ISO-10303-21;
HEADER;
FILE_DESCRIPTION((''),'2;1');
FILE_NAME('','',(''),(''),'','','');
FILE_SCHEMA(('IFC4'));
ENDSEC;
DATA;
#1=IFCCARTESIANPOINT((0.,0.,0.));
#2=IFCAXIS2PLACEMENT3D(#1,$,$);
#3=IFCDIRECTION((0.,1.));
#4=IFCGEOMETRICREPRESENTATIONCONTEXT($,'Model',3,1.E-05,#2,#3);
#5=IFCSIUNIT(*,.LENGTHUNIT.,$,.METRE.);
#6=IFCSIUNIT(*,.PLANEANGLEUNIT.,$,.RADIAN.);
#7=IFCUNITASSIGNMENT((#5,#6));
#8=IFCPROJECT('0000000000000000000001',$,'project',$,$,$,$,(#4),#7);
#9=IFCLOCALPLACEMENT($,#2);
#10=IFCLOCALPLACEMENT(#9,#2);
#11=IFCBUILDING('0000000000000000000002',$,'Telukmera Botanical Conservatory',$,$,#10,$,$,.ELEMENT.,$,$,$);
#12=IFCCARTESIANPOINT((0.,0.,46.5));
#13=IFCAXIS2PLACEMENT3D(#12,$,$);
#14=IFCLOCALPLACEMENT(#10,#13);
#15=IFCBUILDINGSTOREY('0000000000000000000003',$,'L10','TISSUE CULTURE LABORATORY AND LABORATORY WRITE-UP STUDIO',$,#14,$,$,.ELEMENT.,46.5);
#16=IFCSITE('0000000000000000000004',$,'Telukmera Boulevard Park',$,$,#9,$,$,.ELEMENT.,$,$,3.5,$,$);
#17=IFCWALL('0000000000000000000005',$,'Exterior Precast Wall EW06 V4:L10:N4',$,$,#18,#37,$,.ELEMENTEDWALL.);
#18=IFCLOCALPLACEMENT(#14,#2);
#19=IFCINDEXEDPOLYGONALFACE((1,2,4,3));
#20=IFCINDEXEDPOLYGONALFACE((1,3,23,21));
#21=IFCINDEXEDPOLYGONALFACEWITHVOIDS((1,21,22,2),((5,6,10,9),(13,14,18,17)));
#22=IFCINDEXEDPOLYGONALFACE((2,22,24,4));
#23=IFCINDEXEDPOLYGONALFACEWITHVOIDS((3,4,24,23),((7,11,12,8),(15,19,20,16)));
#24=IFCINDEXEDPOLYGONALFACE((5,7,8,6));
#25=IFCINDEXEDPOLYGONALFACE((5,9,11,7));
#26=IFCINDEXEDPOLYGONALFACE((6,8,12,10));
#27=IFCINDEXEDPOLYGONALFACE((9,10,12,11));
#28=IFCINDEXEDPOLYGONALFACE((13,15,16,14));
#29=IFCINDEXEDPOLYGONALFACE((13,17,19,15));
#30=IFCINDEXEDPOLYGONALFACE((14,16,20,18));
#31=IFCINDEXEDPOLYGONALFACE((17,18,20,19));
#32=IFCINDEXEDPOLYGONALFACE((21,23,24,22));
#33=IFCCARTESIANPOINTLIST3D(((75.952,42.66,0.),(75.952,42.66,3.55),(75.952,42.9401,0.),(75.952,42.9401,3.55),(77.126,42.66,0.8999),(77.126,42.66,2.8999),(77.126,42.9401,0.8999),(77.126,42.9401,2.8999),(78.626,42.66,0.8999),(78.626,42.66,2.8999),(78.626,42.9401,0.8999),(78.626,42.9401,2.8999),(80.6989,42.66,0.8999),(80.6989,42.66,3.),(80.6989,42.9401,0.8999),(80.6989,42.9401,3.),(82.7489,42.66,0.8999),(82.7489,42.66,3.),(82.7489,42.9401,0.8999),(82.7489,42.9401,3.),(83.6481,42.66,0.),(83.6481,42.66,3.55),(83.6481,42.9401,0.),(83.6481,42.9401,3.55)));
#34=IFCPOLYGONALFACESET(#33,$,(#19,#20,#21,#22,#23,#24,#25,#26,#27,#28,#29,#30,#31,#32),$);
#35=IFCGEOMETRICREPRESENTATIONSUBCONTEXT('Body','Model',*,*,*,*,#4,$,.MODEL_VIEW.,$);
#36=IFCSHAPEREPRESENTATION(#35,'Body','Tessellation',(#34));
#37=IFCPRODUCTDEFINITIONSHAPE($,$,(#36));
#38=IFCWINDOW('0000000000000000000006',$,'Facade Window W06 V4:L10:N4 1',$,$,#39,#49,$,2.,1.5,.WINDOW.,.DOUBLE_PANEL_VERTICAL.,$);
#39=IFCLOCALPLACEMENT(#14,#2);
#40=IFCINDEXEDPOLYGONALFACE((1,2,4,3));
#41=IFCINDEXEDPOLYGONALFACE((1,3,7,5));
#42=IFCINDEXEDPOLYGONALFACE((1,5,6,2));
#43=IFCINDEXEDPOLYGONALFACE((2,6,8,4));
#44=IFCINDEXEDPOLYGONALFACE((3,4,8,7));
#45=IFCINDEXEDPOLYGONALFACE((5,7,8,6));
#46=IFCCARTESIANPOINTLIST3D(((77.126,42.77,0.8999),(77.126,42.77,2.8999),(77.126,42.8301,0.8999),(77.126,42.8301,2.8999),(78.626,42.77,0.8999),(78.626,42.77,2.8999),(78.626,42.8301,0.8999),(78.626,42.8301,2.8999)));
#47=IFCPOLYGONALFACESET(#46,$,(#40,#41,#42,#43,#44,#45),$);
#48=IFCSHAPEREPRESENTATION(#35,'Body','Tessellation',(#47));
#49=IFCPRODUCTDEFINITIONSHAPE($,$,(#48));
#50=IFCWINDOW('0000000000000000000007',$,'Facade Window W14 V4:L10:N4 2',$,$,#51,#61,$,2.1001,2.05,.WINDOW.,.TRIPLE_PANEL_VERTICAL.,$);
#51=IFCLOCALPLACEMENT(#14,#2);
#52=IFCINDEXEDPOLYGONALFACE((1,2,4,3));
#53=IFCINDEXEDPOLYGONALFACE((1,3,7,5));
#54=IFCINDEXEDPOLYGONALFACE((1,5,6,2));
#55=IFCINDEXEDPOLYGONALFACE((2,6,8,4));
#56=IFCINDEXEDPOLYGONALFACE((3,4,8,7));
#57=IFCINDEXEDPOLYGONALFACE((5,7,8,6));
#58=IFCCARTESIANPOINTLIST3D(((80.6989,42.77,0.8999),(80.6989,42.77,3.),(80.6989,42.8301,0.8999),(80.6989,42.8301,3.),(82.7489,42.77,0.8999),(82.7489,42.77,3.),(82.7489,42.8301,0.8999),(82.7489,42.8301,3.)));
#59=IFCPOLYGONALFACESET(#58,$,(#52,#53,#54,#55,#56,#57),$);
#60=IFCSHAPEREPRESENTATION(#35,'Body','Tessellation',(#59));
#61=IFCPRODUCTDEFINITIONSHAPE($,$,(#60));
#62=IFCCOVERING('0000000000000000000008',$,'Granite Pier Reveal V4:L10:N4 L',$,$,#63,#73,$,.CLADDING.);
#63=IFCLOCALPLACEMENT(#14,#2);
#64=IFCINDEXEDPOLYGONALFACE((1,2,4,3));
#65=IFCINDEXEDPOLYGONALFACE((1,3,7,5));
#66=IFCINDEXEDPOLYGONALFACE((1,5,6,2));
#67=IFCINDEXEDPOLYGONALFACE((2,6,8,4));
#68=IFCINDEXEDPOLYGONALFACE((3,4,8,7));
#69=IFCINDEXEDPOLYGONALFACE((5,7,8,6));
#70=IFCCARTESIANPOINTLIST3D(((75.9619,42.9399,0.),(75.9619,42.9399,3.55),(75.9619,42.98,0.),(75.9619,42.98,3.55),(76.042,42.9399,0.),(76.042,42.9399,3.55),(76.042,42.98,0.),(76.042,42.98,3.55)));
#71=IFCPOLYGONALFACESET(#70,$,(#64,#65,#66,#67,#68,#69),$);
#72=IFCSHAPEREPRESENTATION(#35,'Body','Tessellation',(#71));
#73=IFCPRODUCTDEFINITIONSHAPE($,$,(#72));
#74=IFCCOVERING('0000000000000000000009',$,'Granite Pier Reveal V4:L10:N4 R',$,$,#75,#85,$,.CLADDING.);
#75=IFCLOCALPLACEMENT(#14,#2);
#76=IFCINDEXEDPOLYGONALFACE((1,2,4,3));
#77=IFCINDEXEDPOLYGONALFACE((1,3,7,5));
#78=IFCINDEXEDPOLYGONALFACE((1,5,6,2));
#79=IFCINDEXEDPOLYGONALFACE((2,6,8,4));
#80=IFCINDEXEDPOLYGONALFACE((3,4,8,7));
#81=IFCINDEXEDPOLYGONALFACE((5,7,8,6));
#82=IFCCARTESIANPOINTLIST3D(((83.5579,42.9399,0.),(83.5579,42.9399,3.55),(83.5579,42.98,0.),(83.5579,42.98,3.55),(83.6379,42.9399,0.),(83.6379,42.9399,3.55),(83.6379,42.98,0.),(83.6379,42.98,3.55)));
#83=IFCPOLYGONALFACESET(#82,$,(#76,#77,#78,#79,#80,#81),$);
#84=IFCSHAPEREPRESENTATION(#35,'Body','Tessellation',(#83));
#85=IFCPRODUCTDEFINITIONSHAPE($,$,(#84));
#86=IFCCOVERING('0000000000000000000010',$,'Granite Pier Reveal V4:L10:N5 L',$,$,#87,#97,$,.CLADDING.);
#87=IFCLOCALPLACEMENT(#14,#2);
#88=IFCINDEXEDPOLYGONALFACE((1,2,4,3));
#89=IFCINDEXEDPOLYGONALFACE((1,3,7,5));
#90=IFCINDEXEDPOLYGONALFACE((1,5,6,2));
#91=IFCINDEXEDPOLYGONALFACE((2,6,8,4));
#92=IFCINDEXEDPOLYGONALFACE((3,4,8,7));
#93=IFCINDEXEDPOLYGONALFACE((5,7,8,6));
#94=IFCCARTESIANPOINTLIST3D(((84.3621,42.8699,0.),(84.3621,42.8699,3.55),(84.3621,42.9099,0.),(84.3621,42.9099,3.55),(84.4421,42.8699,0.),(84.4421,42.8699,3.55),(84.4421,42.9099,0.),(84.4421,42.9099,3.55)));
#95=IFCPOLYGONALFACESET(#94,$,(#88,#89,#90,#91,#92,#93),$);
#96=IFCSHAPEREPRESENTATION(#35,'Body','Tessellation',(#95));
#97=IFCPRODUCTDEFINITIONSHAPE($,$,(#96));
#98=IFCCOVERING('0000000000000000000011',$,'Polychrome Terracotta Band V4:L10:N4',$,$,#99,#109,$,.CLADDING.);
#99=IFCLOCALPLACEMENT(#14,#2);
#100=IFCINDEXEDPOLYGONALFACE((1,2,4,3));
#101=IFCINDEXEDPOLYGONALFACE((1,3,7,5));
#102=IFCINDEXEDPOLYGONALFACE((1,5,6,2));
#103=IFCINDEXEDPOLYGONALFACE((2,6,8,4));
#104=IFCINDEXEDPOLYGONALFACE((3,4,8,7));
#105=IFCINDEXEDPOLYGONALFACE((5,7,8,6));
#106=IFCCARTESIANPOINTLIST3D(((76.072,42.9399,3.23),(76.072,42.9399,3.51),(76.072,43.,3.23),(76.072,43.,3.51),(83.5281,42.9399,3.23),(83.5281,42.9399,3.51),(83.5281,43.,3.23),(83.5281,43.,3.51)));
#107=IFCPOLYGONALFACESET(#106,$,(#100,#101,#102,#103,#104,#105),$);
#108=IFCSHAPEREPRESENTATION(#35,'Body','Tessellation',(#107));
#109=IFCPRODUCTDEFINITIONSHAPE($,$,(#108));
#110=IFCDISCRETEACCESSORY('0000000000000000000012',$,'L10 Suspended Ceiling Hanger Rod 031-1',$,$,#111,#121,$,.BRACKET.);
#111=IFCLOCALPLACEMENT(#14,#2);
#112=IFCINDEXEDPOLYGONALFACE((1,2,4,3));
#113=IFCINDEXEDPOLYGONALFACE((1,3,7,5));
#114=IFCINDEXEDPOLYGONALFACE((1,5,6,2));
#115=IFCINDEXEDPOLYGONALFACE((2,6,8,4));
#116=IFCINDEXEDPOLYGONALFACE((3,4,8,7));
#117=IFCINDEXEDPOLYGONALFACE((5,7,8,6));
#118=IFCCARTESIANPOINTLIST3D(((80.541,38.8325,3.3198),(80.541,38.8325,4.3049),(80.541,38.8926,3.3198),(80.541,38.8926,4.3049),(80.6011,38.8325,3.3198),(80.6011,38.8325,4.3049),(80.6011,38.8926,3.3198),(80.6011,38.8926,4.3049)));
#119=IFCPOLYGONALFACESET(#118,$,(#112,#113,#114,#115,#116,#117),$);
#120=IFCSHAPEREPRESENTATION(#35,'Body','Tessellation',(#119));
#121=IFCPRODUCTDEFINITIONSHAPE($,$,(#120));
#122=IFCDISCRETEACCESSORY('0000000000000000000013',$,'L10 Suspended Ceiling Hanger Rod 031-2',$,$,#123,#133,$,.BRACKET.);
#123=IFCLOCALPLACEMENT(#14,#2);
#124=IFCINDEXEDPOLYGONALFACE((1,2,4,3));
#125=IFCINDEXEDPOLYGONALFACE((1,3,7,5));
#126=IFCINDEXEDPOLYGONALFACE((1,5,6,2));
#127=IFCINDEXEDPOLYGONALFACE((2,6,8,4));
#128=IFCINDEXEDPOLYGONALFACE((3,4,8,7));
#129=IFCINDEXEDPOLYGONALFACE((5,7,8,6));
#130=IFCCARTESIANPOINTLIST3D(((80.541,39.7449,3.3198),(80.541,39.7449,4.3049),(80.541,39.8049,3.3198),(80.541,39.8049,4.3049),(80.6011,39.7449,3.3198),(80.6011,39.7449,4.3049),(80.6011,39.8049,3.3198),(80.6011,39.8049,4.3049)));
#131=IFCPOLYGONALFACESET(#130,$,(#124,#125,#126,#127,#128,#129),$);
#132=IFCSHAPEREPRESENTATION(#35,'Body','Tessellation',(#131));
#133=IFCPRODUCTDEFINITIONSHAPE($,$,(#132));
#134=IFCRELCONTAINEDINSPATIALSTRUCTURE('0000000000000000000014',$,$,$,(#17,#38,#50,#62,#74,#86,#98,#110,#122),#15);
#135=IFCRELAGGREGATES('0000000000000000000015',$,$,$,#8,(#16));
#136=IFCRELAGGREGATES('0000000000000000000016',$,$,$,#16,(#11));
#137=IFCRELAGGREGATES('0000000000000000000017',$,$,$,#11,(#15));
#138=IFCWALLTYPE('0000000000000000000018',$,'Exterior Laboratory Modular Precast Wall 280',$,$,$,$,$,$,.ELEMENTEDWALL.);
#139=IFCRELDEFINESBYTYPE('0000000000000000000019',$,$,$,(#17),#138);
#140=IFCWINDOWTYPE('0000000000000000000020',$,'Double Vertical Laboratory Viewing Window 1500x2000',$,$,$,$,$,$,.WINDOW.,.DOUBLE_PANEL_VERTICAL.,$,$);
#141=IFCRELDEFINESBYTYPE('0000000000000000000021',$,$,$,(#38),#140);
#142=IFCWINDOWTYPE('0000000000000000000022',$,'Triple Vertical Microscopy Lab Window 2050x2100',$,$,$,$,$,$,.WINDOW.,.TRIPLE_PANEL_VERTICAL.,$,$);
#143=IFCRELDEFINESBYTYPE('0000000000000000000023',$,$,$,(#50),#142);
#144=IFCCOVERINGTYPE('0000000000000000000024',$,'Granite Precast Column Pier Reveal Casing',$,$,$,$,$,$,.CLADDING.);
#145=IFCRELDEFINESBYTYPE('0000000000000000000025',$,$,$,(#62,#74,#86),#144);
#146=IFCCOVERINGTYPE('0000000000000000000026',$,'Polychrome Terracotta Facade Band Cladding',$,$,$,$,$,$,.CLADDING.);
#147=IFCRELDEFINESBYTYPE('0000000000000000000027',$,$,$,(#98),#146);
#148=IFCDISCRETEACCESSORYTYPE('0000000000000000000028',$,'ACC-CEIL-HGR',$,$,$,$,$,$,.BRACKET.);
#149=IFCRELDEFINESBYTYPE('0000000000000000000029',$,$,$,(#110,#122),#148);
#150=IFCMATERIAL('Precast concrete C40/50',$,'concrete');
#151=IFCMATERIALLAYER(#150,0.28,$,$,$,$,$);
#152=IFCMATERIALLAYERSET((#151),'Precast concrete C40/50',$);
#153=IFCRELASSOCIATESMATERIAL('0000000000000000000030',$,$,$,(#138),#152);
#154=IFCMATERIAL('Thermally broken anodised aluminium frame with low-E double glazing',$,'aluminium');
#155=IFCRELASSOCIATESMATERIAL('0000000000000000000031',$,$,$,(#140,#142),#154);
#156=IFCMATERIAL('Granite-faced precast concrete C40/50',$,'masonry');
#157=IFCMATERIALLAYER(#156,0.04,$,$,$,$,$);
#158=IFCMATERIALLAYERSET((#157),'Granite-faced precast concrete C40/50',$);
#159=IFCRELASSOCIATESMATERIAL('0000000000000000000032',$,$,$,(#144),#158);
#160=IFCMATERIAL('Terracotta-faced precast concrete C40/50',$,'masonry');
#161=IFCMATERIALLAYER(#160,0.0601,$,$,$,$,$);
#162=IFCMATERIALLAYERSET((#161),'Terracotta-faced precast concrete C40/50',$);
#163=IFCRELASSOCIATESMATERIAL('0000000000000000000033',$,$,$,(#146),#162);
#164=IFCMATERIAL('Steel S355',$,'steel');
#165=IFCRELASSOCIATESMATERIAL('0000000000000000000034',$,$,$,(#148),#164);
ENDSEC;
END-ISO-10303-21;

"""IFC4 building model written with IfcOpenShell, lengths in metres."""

from ifc_helpers import new_model, si_unit, direction, frame, frame_2d, origin, origin_2d, place, context, subcontext, project, spatial, rectangle, extrude, material, layer, layer_set, type_object, element, fill, save


model = new_model("IFC4")

# Units and contexts
model_context = context("Model", 3, precision=1e-05, world=origin(), true_north=direction((0.0, 1.0)))
body_context = subcontext(model_context, "Body", "Model", "MODEL_VIEW")
ifc_project = project(units=[si_unit("LENGTHUNIT", "METRE"), si_unit("PLANEANGLEUNIT", "RADIAN")], contexts=[model_context])

# Site, building, storey
site_placement = place(None, origin())
site = spatial("IfcSite", under=ifc_project, at=site_placement, Name="Telukmera Boulevard Park", CompositionType="ELEMENT", RefElevation=3.5)
building_placement = place(site_placement, origin())
building = spatial("IfcBuilding", under=site, at=building_placement, Name="Telukmera Botanical Conservatory", CompositionType="ELEMENT")
storey_placement = place(building_placement, frame((0.0, 0.0, 46.5)))
storey = spatial("IfcBuildingStorey", under=building, at=storey_placement, Name="L10", Description="TISSUE CULTURE LABORATORY AND LABORATORY WRITE-UP STUDIO", CompositionType="ELEMENT", Elevation=46.5)

# Shared definitions
ifc_material_1 = material(Name="Precast concrete C40/50", Category="concrete")

# Wall, openings, windows
ifc_layer_1 = layer(ifc_material_1, 0.28)
ifc_layer_set_1 = layer_set([ifc_layer_1], Name="Precast concrete C40/50")
wall_type = type_object("IfcWallType", Name="Exterior Laboratory Modular Precast Wall 280", PredefinedType="ELEMENTEDWALL", material=ifc_layer_set_1)
wall_placement = place(storey_placement, frame((75.9519, 42.8, 0.0), z_axis=(0.0, 0.0, 1.0), x_axis=(1.0, 0.0, 0.0)))
wall = element("IfcWall", 1, at=wall_placement, inside=storey, type_object=wall_type, Name="Exterior Precast Wall EW06 V4:L10:N4", PredefinedType="ELEMENTEDWALL", context=body_context, shape_type="SweptSolid", body=[
    extrude(rectangle(XDim=7.696, YDim=0.28, at=frame_2d((3.8481, 0.0))), origin(), (0.0, 0.0, 1.0), 3.55),
])
opening_1_placement = place(wall_placement, frame((1.1741, 0.0, 0.8999)))
opening_1 = element("IfcOpeningElement", 2, at=opening_1_placement, cuts=wall, PredefinedType="OPENING", context=body_context, shape_type="SweptSolid", body=[
    extrude(rectangle(XDim=1.5, YDim=2.0, at=frame_2d((0.75, 1.0))), frame((0.0, 0.1499, 0.0), z_axis=(0.0, -1.0, 0.0), x_axis=(1.0, 0.0, 0.0)), (0.0, 0.0, 1.0), 0.3),
])
opening_2_placement = place(wall_placement, frame((4.7471, 0.0, 0.8999)))
opening_2 = element("IfcOpeningElement", 3, at=opening_2_placement, cuts=wall, PredefinedType="OPENING", context=body_context, shape_type="SweptSolid", body=[
    extrude(rectangle(XDim=2.05, YDim=2.1001, at=frame_2d((1.0249, 1.05))), frame((0.0, 0.1499, 0.0), z_axis=(0.0, -1.0, 0.0), x_axis=(1.0, 0.0, 0.0)), (0.0, 0.0, 1.0), 0.3),
])
ifc_material_2 = material(Name="Thermally broken anodised aluminium frame with low-E double glazing", Category="aluminium")
window_type_1 = type_object("IfcWindowType", Name="Double Vertical Laboratory Viewing Window 1500x2000", PartitioningType="DOUBLE_PANEL_VERTICAL", PredefinedType="WINDOW", material=ifc_material_2)
window_1_placement = place(opening_1_placement, origin())
window_1 = element("IfcWindow", 4, at=window_1_placement, inside=storey, type_object=window_type_1, Name="Facade Window W06 V4:L10:N4 1", OverallHeight=2.0, OverallWidth=1.5, PartitioningType="DOUBLE_PANEL_VERTICAL", PredefinedType="WINDOW", context=body_context, shape_type="SweptSolid", body=[
    extrude(rectangle(XDim=1.5, YDim=2.0, at=frame_2d((0.75, 1.0))), frame((0.0, 0.03, 0.0), z_axis=(0.0, -1.0, 0.0), x_axis=(1.0, 0.0, 0.0)), (0.0, 0.0, 1.0), 0.0601),
])
fill(opening_1, window_1)
window_type_2 = type_object("IfcWindowType", Name="Triple Vertical Microscopy Lab Window 2050x2100", PartitioningType="TRIPLE_PANEL_VERTICAL", PredefinedType="WINDOW", material=ifc_material_2)
window_2_placement = place(opening_2_placement, origin())
window_2 = element("IfcWindow", 5, at=window_2_placement, inside=storey, type_object=window_type_2, Name="Facade Window W14 V4:L10:N4 2", OverallHeight=2.1001, OverallWidth=2.05, PartitioningType="TRIPLE_PANEL_VERTICAL", PredefinedType="WINDOW", context=body_context, shape_type="SweptSolid", body=[
    extrude(rectangle(XDim=2.05, YDim=2.1001, at=frame_2d((1.0249, 1.05))), frame((0.0, 0.03, 0.0), z_axis=(0.0, -1.0, 0.0), x_axis=(1.0, 0.0, 0.0)), (0.0, 0.0, 1.0), 0.0601),
])
fill(opening_2, window_2)

# Coverings
ifc_material_3 = material(Name="Granite-faced precast concrete C40/50", Category="masonry")
ifc_layer_2 = layer(ifc_material_3, 0.04)
ifc_layer_set_2 = layer_set([ifc_layer_2], Name="Granite-faced precast concrete C40/50")
covering_type_1 = type_object("IfcCoveringType", Name="Granite Precast Column Pier Reveal Casing", PredefinedType="CLADDING", material=ifc_layer_set_2)
for number, where, z_axis, x_axis, name in (
    (6, (76.002, 42.96, 0.0), (0.0, 0.0, 1.0), (1.0, 0.0, 0.0), "Granite Pier Reveal V4:L10:N4 L"),
    (7, (83.5979, 42.96, 0.0), (0.0, 0.0, 1.0), (1.0, 0.0, 0.0), "Granite Pier Reveal V4:L10:N4 R"),
    (8, (84.4021, 42.8899, 0.0), (0.0, 0.0, 1.0), (1.0, 0.0, 0.0), "Granite Pier Reveal V4:L10:N5 L"),
):
    element("IfcCovering", number, at=place(storey_placement, frame(where, z_axis=z_axis, x_axis=x_axis)), inside=storey, type_object=covering_type_1, Name=name, PredefinedType="CLADDING", context=body_context, shape_type="SweptSolid", body=[
        extrude(rectangle(XDim=0.0801, YDim=0.04, at=origin_2d()), origin(), (0.0, 0.0, 1.0), 3.55),
    ])
ifc_material_4 = material(Name="Terracotta-faced precast concrete C40/50", Category="masonry")
ifc_layer_3 = layer(ifc_material_4, 0.0601)
ifc_layer_set_3 = layer_set([ifc_layer_3], Name="Terracotta-faced precast concrete C40/50")
covering_type_2 = type_object("IfcCoveringType", Name="Polychrome Terracotta Facade Band Cladding", PredefinedType="CLADDING", material=ifc_layer_set_3)
covering_placement = place(storey_placement, frame((79.8, 42.97, 3.23), z_axis=(0.0, 0.0, 1.0), x_axis=(1.0, 0.0, 0.0)))
element("IfcCovering", 9, at=covering_placement, inside=storey, type_object=covering_type_2, Name="Polychrome Terracotta Band V4:L10:N4", PredefinedType="CLADDING", context=body_context, shape_type="SweptSolid", body=[
    extrude(rectangle(XDim=7.4561, YDim=0.0601, at=origin_2d()), origin(), (0.0, 0.0, 1.0), 0.28),
])

# Discrete accessories
ifc_material_5 = material(Name="Steel S355", Category="steel")
discrete_accessory_type = type_object("IfcDiscreteAccessoryType", Name="ACC-CEIL-HGR", PredefinedType="BRACKET", material=ifc_material_5)
for number, where, z_axis, x_axis, name in (
    (10, (80.571, 38.8625, 3.3198), (0.0, 0.0, 1.0), (1.0, 0.0, 0.0), "L10 Suspended Ceiling Hanger Rod 031-1"),
    (11, (80.571, 39.7749, 3.3198), (0.0, 0.0, 1.0), (1.0, 0.0, 0.0), "L10 Suspended Ceiling Hanger Rod 031-2"),
):
    element("IfcDiscreteAccessory", number, at=place(storey_placement, frame(where, z_axis=z_axis, x_axis=x_axis)), inside=storey, type_object=discrete_accessory_type, Name=name, PredefinedType="BRACKET", context=body_context, shape_type="SweptSolid", body=[
        extrude(rectangle(XDim=0.0601, YDim=0.0601, at=origin_2d()), origin(), (0.0, 0.0, 1.0), 0.9851),
    ])

save(model, "model.ifc")
